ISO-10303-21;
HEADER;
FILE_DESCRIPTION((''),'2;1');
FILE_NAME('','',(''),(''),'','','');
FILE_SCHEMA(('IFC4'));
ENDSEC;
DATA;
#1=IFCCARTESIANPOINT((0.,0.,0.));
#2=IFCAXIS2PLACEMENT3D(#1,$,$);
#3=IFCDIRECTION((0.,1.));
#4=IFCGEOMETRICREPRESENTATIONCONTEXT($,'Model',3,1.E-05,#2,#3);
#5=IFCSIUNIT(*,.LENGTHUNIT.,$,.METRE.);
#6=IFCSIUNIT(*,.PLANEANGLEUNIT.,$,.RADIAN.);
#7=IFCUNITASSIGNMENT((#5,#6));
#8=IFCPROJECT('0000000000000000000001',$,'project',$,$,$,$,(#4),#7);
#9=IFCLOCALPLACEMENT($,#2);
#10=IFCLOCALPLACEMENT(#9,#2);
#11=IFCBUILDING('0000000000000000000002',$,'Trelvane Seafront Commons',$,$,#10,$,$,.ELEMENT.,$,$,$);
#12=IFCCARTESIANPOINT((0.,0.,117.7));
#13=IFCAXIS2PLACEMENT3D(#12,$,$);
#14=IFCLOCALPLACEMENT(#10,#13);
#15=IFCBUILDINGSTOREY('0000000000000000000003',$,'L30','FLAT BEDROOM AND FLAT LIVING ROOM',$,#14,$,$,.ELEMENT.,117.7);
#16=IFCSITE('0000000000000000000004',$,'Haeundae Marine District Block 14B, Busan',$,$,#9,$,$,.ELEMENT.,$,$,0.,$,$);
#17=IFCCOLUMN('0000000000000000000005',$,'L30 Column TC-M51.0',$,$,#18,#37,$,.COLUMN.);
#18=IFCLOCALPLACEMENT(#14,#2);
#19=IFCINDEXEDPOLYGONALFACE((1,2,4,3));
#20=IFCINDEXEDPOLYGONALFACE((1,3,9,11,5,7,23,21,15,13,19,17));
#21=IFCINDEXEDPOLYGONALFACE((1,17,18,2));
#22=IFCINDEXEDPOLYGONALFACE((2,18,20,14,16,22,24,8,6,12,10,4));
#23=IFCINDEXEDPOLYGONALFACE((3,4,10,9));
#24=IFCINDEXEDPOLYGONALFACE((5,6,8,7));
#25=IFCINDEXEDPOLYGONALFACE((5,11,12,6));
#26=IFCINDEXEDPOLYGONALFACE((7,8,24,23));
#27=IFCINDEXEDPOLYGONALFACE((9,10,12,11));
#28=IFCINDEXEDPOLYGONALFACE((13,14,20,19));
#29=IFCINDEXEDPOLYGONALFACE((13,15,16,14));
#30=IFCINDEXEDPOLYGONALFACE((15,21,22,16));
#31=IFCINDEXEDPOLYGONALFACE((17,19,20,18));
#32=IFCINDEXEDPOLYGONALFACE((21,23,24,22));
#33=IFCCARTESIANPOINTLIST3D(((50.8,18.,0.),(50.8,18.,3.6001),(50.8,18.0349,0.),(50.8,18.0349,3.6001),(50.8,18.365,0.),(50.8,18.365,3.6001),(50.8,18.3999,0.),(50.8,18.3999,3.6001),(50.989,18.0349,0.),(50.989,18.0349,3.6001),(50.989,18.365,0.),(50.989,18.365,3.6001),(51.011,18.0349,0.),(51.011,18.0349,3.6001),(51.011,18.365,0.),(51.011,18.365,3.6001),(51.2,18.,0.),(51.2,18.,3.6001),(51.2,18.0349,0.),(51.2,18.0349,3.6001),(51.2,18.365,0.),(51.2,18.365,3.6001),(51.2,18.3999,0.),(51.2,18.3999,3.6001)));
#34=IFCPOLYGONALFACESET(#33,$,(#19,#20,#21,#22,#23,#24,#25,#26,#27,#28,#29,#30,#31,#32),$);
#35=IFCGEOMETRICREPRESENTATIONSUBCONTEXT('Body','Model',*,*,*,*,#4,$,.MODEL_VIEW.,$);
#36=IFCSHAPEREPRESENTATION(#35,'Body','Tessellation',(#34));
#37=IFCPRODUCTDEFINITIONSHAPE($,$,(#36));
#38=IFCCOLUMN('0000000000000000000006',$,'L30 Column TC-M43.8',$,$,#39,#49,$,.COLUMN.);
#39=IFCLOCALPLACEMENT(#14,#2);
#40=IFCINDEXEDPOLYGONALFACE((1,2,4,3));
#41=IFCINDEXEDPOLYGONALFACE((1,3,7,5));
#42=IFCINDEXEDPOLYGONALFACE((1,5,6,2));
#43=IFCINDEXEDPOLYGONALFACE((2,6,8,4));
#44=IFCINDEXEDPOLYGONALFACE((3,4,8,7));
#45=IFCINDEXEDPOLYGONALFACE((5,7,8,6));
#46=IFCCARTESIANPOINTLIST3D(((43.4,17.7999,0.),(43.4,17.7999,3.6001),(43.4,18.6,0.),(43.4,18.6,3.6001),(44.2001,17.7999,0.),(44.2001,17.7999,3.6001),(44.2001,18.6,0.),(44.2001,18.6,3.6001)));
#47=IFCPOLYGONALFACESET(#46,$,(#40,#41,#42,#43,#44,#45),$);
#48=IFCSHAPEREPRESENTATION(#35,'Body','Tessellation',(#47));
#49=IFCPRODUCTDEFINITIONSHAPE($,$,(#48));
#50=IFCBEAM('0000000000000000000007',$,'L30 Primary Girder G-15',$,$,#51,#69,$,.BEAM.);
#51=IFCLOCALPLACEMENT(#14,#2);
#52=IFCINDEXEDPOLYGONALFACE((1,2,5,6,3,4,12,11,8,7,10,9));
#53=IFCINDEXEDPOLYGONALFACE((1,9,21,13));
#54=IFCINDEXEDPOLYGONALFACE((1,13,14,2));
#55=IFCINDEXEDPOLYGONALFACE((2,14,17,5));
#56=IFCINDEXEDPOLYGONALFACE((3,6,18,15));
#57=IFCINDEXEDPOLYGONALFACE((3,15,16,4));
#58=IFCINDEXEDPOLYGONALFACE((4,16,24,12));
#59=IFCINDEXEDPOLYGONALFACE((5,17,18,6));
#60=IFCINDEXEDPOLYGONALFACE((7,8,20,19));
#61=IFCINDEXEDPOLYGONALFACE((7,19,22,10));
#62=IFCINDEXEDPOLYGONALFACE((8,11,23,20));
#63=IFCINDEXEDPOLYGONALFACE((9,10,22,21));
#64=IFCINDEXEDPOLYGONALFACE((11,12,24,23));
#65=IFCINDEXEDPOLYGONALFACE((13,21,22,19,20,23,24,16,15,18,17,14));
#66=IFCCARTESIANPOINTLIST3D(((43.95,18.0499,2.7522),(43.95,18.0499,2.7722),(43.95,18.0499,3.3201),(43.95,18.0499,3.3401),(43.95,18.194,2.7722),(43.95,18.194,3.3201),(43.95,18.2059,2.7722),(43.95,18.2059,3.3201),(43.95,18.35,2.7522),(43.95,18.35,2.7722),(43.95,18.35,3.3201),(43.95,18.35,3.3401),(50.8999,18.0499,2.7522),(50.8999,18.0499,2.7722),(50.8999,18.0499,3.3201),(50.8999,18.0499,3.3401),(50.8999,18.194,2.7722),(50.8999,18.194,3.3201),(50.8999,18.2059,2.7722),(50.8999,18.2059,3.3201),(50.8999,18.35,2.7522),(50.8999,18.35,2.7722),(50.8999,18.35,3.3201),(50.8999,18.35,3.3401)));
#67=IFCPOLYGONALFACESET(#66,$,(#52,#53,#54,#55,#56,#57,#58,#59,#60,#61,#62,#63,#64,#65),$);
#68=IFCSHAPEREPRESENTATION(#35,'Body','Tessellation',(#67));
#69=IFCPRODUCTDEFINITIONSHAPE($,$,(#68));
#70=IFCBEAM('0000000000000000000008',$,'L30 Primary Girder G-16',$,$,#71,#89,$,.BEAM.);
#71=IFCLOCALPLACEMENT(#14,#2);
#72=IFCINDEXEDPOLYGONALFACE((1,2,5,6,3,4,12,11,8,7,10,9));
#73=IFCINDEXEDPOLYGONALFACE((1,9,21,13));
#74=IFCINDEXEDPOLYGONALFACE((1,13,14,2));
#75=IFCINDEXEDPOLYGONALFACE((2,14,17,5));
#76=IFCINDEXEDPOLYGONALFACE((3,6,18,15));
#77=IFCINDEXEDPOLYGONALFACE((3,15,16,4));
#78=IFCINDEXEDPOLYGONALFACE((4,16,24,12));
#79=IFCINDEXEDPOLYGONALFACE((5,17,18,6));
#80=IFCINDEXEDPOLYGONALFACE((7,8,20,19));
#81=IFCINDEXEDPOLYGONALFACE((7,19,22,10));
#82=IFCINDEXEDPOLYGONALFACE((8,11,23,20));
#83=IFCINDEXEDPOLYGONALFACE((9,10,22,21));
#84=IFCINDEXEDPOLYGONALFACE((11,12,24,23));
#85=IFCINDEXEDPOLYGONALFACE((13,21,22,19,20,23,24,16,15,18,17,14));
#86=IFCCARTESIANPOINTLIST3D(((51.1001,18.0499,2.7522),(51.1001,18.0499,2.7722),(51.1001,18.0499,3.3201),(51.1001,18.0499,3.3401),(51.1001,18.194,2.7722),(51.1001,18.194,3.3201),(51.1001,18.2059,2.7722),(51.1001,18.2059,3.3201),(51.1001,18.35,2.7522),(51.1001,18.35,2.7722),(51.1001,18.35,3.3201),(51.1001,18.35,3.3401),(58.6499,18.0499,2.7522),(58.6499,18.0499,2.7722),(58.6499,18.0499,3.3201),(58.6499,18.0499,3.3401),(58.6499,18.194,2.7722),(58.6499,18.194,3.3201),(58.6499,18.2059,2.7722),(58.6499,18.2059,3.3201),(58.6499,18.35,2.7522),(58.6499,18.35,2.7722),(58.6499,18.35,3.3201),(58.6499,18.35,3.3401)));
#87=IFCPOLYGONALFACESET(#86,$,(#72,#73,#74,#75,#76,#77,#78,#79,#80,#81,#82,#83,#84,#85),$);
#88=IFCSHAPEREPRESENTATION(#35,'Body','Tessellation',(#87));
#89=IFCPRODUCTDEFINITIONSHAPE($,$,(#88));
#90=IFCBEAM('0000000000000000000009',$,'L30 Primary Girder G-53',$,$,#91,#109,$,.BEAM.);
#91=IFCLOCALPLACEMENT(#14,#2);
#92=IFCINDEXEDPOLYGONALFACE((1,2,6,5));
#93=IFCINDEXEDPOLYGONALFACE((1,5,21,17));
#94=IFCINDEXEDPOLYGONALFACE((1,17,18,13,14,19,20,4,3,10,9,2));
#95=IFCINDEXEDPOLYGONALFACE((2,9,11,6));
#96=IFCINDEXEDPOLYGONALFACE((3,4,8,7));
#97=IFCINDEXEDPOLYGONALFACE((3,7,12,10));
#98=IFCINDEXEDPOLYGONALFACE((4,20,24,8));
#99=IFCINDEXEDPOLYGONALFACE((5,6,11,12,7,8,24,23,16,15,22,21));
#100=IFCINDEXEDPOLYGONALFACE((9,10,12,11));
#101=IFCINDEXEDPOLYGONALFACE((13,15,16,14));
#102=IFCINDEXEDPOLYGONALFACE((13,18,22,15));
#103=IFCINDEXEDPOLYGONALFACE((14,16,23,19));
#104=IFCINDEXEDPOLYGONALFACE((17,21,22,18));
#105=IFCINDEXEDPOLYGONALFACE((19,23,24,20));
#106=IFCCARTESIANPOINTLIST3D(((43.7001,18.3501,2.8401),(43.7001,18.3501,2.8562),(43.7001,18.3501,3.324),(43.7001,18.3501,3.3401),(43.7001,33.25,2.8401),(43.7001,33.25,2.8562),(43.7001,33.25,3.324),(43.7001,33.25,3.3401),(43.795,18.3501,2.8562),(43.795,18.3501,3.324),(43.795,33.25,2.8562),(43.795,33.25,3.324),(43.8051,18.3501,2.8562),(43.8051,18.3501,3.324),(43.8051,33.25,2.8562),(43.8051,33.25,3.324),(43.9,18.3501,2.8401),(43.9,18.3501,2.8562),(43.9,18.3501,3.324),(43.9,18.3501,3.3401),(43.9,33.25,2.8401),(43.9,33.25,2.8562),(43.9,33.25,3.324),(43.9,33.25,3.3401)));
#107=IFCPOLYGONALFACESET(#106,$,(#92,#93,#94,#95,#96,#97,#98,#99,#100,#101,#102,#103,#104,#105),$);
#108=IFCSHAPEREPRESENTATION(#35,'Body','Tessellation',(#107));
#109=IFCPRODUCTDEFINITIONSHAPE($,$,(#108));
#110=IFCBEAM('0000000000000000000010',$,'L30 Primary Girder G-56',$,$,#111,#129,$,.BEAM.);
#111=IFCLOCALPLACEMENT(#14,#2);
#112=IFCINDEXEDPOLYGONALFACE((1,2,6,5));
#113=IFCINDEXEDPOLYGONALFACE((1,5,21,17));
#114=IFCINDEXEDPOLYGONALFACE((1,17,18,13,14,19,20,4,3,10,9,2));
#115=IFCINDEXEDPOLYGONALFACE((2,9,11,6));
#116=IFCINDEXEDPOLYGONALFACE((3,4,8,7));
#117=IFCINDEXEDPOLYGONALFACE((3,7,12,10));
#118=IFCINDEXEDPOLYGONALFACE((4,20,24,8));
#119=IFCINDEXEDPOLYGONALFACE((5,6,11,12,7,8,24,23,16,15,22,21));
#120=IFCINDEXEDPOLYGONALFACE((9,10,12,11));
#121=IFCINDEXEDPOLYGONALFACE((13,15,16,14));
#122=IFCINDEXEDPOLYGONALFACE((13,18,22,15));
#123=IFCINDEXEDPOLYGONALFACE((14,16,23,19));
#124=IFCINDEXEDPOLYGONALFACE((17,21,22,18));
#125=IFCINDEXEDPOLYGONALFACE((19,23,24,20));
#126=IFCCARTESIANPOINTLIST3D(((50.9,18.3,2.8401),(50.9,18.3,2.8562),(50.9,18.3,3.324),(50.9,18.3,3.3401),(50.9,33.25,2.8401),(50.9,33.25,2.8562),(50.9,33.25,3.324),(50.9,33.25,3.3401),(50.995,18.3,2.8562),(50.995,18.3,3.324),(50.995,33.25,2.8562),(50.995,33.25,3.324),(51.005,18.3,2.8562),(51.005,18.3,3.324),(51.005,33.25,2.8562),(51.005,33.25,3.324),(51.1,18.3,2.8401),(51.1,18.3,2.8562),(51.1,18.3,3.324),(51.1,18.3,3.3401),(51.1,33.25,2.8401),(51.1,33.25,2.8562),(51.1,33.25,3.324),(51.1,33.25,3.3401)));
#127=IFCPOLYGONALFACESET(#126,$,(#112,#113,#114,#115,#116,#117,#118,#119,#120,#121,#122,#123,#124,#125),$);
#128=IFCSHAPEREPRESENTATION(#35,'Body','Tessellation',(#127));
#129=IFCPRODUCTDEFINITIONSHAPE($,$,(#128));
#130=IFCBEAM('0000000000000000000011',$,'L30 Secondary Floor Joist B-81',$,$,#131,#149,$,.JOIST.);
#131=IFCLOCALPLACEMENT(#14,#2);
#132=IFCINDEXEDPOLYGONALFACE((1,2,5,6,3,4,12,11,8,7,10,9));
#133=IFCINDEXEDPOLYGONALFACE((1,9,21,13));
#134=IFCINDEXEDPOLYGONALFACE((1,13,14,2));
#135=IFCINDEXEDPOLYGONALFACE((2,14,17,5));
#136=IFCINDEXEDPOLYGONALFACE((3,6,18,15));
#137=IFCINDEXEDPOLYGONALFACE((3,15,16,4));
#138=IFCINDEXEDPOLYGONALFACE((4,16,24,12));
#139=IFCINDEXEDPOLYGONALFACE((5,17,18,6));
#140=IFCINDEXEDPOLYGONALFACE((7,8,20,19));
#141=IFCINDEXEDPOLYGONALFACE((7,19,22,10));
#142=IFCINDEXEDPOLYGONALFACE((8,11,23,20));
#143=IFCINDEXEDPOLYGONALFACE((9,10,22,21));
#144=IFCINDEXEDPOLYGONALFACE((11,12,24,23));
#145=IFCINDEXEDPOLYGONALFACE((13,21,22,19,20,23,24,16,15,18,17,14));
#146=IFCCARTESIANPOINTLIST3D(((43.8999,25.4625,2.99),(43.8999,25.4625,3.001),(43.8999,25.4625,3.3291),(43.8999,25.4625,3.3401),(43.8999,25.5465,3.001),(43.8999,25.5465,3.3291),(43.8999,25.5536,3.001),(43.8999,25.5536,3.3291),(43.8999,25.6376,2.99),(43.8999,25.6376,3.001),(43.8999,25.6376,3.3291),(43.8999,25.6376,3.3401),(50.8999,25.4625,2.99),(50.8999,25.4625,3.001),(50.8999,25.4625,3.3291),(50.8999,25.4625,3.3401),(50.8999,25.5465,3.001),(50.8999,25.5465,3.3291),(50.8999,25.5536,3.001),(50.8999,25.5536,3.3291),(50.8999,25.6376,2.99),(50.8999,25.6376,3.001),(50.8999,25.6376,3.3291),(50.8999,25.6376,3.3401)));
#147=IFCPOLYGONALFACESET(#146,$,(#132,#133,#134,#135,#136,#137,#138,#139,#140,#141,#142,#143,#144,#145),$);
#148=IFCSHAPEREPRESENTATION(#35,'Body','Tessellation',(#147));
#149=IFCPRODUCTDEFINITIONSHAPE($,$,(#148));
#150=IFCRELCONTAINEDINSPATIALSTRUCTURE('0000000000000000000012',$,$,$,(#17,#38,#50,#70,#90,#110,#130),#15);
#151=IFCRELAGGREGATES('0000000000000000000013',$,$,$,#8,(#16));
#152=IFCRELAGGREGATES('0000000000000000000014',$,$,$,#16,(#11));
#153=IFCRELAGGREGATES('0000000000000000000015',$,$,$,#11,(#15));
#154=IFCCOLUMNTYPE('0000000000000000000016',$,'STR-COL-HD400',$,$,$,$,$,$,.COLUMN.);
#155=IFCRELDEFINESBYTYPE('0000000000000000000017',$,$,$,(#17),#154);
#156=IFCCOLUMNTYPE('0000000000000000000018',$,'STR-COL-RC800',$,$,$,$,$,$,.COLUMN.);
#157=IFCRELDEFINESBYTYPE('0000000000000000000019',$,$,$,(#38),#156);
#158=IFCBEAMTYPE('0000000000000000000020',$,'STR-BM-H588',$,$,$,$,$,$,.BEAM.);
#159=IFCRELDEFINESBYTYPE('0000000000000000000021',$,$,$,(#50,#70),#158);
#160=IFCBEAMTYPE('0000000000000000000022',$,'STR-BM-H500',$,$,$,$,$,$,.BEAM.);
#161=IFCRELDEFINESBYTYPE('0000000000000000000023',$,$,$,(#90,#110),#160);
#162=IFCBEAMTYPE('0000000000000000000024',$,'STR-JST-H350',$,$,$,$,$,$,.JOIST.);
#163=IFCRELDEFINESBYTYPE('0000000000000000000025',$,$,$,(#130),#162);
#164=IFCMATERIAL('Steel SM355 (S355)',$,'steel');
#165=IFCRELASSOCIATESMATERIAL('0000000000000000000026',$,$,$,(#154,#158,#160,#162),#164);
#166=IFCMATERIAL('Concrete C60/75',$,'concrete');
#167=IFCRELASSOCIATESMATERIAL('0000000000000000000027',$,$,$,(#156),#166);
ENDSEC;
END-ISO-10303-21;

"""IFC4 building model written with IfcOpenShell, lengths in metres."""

from ifc_helpers import new_model, si_unit, direction, frame, origin, origin_2d, place, context, subcontext, project, spatial, rectangle, i_section, extrude, source, transform, mapped, material, material_profile, profile_set, type_object, element, save


model = new_model("IFC4")

# Units and contexts
model_context = context("Model", 3, precision=1e-05, world=origin(), true_north=direction((0.0, 1.0)))
body_context = subcontext(model_context, "Body", "Model", "MODEL_VIEW")
ifc_project = project(units=[si_unit("LENGTHUNIT", "METRE"), si_unit("PLANEANGLEUNIT", "RADIAN")], contexts=[model_context])

# Site, building, storey
site_placement = place(None, origin())
site = spatial("IfcSite", under=ifc_project, at=site_placement, Name="Haeundae Marine District Block 14B, Busan", CompositionType="ELEMENT", RefElevation=0.0)
building_placement = place(site_placement, origin())
building = spatial("IfcBuilding", under=site, at=building_placement, Name="Trelvane Seafront Commons", CompositionType="ELEMENT")
storey_placement = place(building_placement, frame((0.0, 0.0, 117.7)))
storey = spatial("IfcBuildingStorey", under=building, at=storey_placement, Name="L30", Description="FLAT BEDROOM AND FLAT LIVING ROOM", CompositionType="ELEMENT", Elevation=117.7)

# Columns
ifc_material_1 = material(Name="Steel SM355 (S355)", Category="steel")
ifc_material_profile_1 = material_profile(ifc_material_1, i_section(OverallWidth=0.3999, OverallDepth=0.3999, WebThickness=0.022, FlangeThickness=0.0349, at=origin_2d()), Name="HD-400x400x22x35")
ifc_profile_set_1 = profile_set([ifc_material_profile_1], Name="Steel SM355 (S355)")
column_type_1 = type_object("IfcColumnType", Name="STR-COL-HD400", PredefinedType="COLUMN", material=ifc_profile_set_1)
shared_shape_1 = source(origin(), body_context, "Body", "SweptSolid", [
    extrude(i_section(OverallWidth=0.3999, OverallDepth=0.3999, WebThickness=0.022, FlangeThickness=0.0349, at=origin_2d()), origin(), (0.0, 0.0, 1.0), 3.6001),
])
column_1_placement = place(storey_placement, frame((51.0, 18.2, 0.0), z_axis=(0.0, 0.0, 1.0), x_axis=(1.0, 0.0, 0.0)))
element("IfcColumn", 1, at=column_1_placement, inside=storey, type_object=column_type_1, Name="L30 Column TC-M51.0", PredefinedType="COLUMN", context=body_context, shape_type="MappedRepresentation", body=[
    mapped(shared_shape_1, transform((0.0, 0.0, 0.0), x_axis=(1.0, 0.0, 0.0), y_axis=(0.0, 1.0, 0.0), z_axis=(0.0, 0.0, 1.0), scale=1.0)),
])
ifc_material_2 = material(Name="Concrete C60/75", Category="concrete")
ifc_material_profile_2 = material_profile(ifc_material_2, rectangle(XDim=0.8, YDim=0.8, at=origin_2d()), Name="RC-800x800")
ifc_profile_set_2 = profile_set([ifc_material_profile_2], Name="Concrete C60/75")
column_type_2 = type_object("IfcColumnType", Name="STR-COL-RC800", PredefinedType="COLUMN", material=ifc_profile_set_2)
shared_shape_2 = source(origin(), body_context, "Body", "SweptSolid", [
    extrude(rectangle(XDim=0.8, YDim=0.8, at=origin_2d()), origin(), (0.0, 0.0, 1.0), 3.6001),
])
column_2_placement = place(storey_placement, frame((43.8, 18.2, 0.0), z_axis=(0.0, 0.0, 1.0), x_axis=(1.0, 0.0, 0.0)))
element("IfcColumn", 2, at=column_2_placement, inside=storey, type_object=column_type_2, Name="L30 Column TC-M43.8", PredefinedType="COLUMN", context=body_context, shape_type="MappedRepresentation", body=[
    mapped(shared_shape_2, transform((0.0, 0.0, 0.0), x_axis=(1.0, 0.0, 0.0), y_axis=(0.0, 1.0, 0.0), z_axis=(0.0, 0.0, 1.0), scale=1.0)),
])

# Beams
ifc_material_profile_3 = material_profile(ifc_material_1, i_section(OverallWidth=0.3, OverallDepth=0.5879, WebThickness=0.012, FlangeThickness=0.02, at=origin_2d()), Name="H-588x300x12x20")
ifc_profile_set_3 = profile_set([ifc_material_profile_3], Name="Steel SM355 (S355)")
beam_type_1 = type_object("IfcBeamType", Name="STR-BM-H588", PredefinedType="BEAM", material=ifc_profile_set_3)
shared_shape_3 = source(origin(), body_context, "Body", "SweptSolid", [
    extrude(i_section(OverallWidth=0.3, OverallDepth=0.5879, WebThickness=0.012, FlangeThickness=0.02, at=origin_2d()), origin(), (0.0, 0.0, 1.0), 6.95),
])
beam_1_placement = place(storey_placement, frame((43.95, 18.2, 3.0461), z_axis=(1.0, 0.0, 0.0), x_axis=(0.0, 1.0, 0.0)))
element("IfcBeam", 3, at=beam_1_placement, inside=storey, type_object=beam_type_1, Name="L30 Primary Girder G-15", PredefinedType="BEAM", context=body_context, shape_type="MappedRepresentation", body=[
    mapped(shared_shape_3, transform((0.0, 0.0, 0.0), x_axis=(1.0, 0.0, 0.0), y_axis=(0.0, 1.0, 0.0), z_axis=(0.0, 0.0, 1.0), scale=1.0)),
])
shared_shape_4 = source(origin(), body_context, "Body", "SweptSolid", [
    extrude(i_section(OverallWidth=0.3, OverallDepth=0.5879, WebThickness=0.012, FlangeThickness=0.02, at=origin_2d()), origin(), (0.0, 0.0, 1.0), 7.5498),
])
beam_2_placement = place(storey_placement, frame((51.1001, 18.2, 3.0461), z_axis=(1.0, 0.0, 0.0), x_axis=(0.0, 1.0, 0.0)))
element("IfcBeam", 4, at=beam_2_placement, inside=storey, type_object=beam_type_1, Name="L30 Primary Girder G-16", PredefinedType="BEAM", context=body_context, shape_type="MappedRepresentation", body=[
    mapped(shared_shape_4, transform((0.0, 0.0, 0.0), x_axis=(1.0, 0.0, 0.0), y_axis=(0.0, 1.0, 0.0), z_axis=(0.0, 0.0, 1.0), scale=1.0)),
])
ifc_material_profile_4 = material_profile(ifc_material_1, i_section(OverallWidth=0.2, OverallDepth=0.5, WebThickness=0.01, FlangeThickness=0.0161, at=origin_2d()), Name="H-500x200x10x16")
ifc_profile_set_4 = profile_set([ifc_material_profile_4], Name="Steel SM355 (S355)")
beam_type_2 = type_object("IfcBeamType", Name="STR-BM-H500", PredefinedType="BEAM", material=ifc_profile_set_4)
shared_shape_5 = source(origin(), body_context, "Body", "SweptSolid", [
    extrude(i_section(OverallWidth=0.2, OverallDepth=0.5, WebThickness=0.01, FlangeThickness=0.0161, at=origin_2d()), origin(), (0.0, 0.0, 1.0), 14.8999),
])
beam_3_placement = place(storey_placement, frame((43.8, 18.3501, 3.0901), z_axis=(0.0, 1.0, 0.0), x_axis=(-1.0, 0.0, 0.0)))
element("IfcBeam", 5, at=beam_3_placement, inside=storey, type_object=beam_type_2, Name="L30 Primary Girder G-53", PredefinedType="BEAM", context=body_context, shape_type="MappedRepresentation", body=[
    mapped(shared_shape_5, transform((0.0, 0.0, 0.0), x_axis=(1.0, 0.0, 0.0), y_axis=(0.0, 1.0, 0.0), z_axis=(0.0, 0.0, 1.0), scale=1.0)),
])
shared_shape_6 = source(origin(), body_context, "Body", "SweptSolid", [
    extrude(i_section(OverallWidth=0.2, OverallDepth=0.5, WebThickness=0.01, FlangeThickness=0.0161, at=origin_2d()), origin(), (0.0, 0.0, 1.0), 14.95),
])
beam_4_placement = place(storey_placement, frame((51.0, 18.3, 3.0901), z_axis=(0.0, 1.0, 0.0), x_axis=(-1.0, 0.0, 0.0)))
element("IfcBeam", 6, at=beam_4_placement, inside=storey, type_object=beam_type_2, Name="L30 Primary Girder G-56", PredefinedType="BEAM", context=body_context, shape_type="MappedRepresentation", body=[
    mapped(shared_shape_6, transform((0.0, 0.0, 0.0), x_axis=(1.0, 0.0, 0.0), y_axis=(0.0, 1.0, 0.0), z_axis=(0.0, 0.0, 1.0), scale=1.0)),
])
ifc_material_profile_5 = material_profile(ifc_material_1, i_section(OverallWidth=0.175, OverallDepth=0.3501, WebThickness=0.0071, FlangeThickness=0.011, at=origin_2d()), Name="H-350x175x7x11")
ifc_profile_set_5 = profile_set([ifc_material_profile_5], Name="Steel SM355 (S355)")
beam_type_3 = type_object("IfcBeamType", Name="STR-JST-H350", PredefinedType="JOIST", material=ifc_profile_set_5)
shared_shape_7 = source(origin(), body_context, "Body", "SweptSolid", [
    extrude(i_section(OverallWidth=0.175, OverallDepth=0.3501, WebThickness=0.0071, FlangeThickness=0.011, at=origin_2d()), origin(), (0.0, 0.0, 1.0), 7.0),
])
beam_5_placement = place(storey_placement, frame((43.8999, 25.55, 3.165), z_axis=(1.0, 0.0, 0.0), x_axis=(0.0, 1.0, 0.0)))
element("IfcBeam", 7, at=beam_5_placement, inside=storey, type_object=beam_type_3, Name="L30 Secondary Floor Joist B-81", PredefinedType="JOIST", context=body_context, shape_type="MappedRepresentation", body=[
    mapped(shared_shape_7, transform((0.0, 0.0, 0.0), x_axis=(1.0, 0.0, 0.0), y_axis=(0.0, 1.0, 0.0), z_axis=(0.0, 0.0, 1.0), scale=1.0)),
])

save(model, "model.ifc")
